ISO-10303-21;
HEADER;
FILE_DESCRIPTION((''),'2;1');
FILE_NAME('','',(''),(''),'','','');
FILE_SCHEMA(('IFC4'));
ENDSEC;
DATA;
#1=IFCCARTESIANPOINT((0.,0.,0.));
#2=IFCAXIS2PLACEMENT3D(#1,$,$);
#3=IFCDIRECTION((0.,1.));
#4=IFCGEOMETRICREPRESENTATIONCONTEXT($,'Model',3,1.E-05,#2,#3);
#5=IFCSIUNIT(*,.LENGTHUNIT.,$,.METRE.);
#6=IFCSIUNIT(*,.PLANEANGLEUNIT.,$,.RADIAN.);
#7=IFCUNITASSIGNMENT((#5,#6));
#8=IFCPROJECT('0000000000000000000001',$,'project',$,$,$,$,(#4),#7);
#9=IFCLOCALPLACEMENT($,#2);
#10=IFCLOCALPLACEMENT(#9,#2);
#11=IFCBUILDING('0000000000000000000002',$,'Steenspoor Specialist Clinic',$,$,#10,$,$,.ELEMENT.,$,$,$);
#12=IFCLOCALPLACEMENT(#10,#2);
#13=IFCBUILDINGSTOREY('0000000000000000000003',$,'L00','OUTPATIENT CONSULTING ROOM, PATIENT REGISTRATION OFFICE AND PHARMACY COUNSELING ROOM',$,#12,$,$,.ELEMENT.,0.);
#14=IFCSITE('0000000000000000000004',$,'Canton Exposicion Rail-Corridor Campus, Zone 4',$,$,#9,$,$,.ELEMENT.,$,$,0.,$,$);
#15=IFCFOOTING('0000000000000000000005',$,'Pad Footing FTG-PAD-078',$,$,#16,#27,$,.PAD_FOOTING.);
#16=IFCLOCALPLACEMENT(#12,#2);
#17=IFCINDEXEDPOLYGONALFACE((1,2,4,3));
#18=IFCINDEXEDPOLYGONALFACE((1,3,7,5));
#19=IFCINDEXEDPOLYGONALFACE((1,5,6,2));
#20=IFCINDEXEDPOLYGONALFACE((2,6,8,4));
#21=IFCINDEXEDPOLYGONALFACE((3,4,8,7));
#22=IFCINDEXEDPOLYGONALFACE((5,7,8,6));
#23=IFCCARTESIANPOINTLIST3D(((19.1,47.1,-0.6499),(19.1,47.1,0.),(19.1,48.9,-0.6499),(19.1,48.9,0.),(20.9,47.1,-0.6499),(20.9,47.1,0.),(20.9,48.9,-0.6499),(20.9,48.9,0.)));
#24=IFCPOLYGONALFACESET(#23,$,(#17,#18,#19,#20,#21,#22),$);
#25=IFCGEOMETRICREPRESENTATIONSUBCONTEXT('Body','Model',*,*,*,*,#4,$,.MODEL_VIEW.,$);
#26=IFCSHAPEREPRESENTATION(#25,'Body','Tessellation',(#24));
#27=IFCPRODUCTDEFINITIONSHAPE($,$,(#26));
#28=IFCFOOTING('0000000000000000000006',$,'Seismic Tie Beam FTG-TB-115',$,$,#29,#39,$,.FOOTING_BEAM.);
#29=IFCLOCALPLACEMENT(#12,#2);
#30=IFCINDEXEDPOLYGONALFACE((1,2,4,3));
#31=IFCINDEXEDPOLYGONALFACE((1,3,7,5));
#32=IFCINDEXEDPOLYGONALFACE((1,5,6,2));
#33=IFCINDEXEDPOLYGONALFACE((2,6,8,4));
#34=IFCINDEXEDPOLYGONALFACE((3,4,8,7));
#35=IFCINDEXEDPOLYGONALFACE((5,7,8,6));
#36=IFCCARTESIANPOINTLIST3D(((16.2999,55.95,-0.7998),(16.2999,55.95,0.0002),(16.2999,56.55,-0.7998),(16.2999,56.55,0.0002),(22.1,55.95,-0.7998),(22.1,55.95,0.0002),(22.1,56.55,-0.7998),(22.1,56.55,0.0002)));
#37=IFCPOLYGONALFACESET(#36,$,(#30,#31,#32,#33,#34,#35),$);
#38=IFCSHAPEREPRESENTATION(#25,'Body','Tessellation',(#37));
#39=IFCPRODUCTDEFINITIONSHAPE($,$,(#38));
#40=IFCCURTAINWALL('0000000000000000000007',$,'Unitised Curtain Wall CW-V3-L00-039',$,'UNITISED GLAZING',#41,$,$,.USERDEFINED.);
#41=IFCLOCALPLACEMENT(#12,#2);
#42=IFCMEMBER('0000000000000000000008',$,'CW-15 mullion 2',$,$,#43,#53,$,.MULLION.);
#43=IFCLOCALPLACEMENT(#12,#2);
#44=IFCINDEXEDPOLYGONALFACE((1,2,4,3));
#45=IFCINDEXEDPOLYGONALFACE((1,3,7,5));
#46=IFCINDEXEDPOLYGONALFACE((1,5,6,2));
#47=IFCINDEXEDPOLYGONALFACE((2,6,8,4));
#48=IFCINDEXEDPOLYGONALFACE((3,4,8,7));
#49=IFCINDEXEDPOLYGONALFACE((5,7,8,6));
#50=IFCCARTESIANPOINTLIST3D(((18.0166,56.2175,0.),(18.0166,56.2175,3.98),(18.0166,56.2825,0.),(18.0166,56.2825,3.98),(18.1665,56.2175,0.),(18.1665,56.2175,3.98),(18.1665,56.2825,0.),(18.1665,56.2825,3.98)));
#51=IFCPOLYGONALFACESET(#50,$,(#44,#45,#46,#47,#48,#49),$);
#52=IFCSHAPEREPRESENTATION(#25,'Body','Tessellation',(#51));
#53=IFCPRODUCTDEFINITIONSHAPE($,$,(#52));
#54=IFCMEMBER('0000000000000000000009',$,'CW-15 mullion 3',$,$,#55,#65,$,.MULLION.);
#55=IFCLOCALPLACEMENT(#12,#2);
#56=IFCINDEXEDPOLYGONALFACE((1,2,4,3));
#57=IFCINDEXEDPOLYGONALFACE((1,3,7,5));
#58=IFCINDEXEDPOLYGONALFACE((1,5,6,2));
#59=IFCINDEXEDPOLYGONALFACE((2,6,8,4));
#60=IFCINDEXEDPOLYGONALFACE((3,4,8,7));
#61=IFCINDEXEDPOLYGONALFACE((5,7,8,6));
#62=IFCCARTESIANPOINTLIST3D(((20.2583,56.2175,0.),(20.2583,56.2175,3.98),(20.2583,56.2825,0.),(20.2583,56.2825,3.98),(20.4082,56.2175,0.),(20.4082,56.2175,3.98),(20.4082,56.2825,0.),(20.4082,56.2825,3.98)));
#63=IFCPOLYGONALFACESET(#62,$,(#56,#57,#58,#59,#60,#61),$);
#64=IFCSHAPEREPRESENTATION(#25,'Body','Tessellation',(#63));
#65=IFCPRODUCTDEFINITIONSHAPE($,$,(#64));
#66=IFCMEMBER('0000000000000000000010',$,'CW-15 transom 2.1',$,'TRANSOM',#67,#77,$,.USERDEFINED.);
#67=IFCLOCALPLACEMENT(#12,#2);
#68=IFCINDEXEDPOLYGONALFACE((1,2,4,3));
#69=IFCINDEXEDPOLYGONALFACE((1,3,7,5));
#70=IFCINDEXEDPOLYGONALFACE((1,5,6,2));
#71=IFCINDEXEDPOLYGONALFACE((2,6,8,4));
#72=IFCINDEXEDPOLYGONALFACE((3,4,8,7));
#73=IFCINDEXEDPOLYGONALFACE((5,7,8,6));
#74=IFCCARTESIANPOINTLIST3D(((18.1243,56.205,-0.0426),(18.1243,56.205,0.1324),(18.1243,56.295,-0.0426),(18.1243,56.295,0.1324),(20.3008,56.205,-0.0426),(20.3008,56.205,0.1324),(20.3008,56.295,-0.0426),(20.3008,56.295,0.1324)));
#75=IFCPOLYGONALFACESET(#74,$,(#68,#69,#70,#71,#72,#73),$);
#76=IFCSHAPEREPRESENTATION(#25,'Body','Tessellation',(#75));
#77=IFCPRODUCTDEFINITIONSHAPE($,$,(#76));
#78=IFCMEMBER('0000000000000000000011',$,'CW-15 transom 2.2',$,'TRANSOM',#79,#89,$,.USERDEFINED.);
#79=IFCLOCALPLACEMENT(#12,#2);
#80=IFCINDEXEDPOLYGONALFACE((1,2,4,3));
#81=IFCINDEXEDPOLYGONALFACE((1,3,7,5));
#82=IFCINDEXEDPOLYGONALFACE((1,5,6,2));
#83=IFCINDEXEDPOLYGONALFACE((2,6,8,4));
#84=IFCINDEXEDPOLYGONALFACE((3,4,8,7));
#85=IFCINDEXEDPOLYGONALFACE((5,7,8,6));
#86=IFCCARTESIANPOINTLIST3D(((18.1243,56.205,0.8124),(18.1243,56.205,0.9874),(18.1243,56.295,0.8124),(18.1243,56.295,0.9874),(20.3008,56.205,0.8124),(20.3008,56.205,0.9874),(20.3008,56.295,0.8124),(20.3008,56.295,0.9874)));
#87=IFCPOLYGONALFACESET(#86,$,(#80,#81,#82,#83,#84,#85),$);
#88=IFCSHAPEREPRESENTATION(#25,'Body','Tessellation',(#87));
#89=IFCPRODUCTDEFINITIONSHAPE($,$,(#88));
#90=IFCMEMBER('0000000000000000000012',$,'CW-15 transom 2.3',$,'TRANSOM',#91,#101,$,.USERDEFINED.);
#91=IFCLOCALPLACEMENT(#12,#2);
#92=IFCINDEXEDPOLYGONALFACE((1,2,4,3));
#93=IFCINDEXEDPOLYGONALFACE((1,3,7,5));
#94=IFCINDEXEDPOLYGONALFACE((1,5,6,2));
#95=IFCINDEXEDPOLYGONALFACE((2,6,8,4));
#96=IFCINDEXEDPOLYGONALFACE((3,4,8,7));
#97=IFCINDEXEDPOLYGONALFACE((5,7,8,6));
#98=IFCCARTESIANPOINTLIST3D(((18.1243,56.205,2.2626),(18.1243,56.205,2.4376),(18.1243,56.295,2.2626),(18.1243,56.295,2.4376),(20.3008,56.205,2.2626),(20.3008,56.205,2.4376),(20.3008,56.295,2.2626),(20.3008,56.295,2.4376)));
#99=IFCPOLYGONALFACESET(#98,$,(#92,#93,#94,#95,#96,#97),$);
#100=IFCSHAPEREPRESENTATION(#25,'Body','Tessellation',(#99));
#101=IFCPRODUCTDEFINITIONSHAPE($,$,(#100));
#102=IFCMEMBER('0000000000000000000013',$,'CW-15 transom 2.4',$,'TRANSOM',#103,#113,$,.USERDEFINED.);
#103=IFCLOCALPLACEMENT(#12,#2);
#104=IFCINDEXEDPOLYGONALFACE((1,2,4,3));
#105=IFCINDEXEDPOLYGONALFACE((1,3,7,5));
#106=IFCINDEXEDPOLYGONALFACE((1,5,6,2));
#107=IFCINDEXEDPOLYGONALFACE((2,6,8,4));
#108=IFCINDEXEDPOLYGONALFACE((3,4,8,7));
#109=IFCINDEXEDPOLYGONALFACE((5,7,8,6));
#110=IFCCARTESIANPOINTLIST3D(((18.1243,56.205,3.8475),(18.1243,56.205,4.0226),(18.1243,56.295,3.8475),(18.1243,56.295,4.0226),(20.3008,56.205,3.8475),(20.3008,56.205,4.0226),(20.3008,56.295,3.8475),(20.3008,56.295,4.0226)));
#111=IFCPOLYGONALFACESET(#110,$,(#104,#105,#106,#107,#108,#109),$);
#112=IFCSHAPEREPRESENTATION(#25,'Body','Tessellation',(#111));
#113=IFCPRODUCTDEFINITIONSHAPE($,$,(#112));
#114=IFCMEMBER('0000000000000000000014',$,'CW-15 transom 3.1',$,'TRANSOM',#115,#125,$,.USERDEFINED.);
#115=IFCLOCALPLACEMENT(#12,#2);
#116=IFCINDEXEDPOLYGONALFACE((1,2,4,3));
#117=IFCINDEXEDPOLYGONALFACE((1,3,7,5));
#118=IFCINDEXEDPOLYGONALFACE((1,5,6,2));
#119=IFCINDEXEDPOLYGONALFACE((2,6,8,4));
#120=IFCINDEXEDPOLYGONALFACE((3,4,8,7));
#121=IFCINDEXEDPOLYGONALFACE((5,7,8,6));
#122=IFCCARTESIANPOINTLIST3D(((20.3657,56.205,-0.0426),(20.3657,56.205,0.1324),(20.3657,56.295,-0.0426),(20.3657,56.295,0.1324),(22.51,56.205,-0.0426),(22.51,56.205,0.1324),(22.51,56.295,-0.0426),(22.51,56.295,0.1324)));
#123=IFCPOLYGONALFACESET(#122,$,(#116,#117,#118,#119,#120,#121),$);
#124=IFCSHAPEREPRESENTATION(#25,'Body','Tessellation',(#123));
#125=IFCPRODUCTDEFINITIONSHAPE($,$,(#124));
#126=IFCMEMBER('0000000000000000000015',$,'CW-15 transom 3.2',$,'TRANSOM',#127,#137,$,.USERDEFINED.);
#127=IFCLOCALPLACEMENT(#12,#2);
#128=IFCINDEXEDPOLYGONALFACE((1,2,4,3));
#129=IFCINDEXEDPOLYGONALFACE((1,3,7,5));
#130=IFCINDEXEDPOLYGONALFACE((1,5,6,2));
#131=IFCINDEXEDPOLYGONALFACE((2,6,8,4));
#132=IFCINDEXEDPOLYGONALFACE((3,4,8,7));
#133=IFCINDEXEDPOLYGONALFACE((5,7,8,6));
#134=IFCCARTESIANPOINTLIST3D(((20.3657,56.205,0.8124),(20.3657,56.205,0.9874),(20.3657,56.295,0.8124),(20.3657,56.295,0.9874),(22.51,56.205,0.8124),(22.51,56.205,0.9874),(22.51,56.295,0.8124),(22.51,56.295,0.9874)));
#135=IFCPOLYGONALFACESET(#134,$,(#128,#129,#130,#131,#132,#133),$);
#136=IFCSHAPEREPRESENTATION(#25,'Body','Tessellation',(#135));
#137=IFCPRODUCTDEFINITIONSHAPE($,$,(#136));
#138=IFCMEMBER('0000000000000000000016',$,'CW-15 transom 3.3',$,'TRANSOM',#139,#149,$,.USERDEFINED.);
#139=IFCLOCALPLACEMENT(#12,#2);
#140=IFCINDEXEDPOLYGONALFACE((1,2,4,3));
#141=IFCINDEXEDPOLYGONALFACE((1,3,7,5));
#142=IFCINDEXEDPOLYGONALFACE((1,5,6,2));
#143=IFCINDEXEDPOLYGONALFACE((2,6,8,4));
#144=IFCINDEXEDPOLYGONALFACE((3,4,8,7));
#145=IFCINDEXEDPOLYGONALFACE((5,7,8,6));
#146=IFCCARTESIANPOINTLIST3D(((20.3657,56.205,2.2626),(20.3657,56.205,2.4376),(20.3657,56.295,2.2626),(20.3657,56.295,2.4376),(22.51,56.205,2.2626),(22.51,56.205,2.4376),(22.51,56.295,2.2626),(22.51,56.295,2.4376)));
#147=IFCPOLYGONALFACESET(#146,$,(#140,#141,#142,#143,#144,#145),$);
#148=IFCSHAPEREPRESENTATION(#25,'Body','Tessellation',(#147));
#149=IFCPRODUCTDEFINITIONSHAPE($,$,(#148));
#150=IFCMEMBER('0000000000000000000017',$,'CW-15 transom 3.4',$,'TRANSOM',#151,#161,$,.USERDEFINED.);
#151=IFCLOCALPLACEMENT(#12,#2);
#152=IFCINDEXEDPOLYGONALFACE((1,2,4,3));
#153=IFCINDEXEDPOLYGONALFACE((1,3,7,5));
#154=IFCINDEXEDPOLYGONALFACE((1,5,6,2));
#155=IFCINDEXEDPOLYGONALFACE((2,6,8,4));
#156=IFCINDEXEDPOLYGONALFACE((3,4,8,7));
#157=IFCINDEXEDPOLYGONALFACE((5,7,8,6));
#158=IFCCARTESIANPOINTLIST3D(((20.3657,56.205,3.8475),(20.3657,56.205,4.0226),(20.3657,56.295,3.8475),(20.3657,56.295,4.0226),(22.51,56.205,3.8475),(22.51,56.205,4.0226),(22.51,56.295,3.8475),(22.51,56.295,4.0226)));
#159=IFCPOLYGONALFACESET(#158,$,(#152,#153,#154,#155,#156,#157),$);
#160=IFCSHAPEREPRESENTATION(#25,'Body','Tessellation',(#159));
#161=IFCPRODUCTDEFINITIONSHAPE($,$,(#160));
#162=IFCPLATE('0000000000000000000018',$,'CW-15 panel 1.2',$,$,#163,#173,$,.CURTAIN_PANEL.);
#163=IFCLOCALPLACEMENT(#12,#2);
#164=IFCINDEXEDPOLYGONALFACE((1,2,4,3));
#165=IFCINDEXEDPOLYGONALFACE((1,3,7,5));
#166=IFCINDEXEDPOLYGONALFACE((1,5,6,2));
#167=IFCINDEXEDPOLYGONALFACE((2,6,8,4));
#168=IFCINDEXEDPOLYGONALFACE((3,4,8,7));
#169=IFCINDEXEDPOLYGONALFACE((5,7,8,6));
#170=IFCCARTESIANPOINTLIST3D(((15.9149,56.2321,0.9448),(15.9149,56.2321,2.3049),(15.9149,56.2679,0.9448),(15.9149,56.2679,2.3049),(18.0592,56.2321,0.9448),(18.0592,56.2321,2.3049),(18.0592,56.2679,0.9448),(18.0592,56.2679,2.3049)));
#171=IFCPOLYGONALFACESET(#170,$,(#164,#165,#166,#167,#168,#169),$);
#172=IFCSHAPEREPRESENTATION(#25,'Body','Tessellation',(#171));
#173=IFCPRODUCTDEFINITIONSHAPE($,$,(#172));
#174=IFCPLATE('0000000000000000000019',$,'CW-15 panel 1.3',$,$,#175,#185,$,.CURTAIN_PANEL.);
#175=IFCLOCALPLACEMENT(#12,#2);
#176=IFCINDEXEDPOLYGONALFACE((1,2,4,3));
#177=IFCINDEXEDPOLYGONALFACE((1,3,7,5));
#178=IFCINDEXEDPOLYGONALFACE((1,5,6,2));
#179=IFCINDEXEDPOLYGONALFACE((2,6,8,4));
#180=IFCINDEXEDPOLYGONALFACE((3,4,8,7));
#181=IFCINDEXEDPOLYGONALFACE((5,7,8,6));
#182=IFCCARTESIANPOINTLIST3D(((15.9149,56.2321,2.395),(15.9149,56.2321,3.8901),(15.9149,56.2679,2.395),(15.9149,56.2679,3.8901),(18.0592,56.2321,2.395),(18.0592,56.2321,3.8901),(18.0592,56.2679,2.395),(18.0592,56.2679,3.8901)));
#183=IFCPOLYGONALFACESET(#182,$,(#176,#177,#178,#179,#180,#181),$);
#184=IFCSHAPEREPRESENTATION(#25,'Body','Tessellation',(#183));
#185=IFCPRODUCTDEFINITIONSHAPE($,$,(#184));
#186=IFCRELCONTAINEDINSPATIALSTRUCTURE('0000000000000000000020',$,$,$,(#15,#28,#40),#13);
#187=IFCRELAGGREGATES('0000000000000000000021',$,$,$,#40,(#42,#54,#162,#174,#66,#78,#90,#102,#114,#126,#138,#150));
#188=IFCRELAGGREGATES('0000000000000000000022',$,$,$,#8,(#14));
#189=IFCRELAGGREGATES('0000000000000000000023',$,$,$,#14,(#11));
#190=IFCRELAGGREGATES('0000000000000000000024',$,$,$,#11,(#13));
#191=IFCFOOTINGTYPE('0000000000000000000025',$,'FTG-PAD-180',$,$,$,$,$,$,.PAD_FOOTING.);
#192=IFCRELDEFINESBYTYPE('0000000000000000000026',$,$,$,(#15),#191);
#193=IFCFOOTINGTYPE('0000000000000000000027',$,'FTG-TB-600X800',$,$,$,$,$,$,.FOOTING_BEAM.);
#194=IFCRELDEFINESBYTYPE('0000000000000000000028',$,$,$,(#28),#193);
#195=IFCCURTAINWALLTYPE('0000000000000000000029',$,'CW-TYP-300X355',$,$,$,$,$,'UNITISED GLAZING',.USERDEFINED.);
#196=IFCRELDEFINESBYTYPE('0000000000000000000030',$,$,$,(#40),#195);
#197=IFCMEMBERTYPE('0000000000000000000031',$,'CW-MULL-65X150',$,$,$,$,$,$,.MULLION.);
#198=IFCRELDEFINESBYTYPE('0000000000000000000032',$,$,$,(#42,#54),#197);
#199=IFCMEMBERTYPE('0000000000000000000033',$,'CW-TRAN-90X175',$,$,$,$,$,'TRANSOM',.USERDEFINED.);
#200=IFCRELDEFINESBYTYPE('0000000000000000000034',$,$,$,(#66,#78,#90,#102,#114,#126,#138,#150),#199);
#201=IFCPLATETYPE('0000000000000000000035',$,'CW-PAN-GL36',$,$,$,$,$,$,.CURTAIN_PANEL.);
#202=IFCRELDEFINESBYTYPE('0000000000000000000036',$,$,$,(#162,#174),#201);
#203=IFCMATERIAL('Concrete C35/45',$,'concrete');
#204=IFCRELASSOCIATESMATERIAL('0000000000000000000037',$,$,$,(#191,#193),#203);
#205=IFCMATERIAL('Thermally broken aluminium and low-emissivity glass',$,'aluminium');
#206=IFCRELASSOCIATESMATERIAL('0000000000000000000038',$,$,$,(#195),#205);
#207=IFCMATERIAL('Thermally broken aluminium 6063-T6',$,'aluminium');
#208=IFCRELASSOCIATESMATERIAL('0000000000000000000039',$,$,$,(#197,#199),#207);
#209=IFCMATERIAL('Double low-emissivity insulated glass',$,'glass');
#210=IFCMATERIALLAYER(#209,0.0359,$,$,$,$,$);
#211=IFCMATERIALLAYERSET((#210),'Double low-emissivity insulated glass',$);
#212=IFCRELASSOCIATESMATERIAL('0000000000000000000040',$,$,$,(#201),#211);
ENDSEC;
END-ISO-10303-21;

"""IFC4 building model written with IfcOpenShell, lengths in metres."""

from ifc_helpers import new_model, si_unit, direction, frame, origin, origin_2d, place, context, subcontext, project, spatial, rectangle, extrude, material, layer, layer_set, material_profile, profile_set, type_object, element, aggregate, save


model = new_model("IFC4")

# Units and contexts
model_context = context("Model", 3, precision=1e-05, world=origin(), true_north=direction((0.0, 1.0)))
body_context = subcontext(model_context, "Body", "Model", "MODEL_VIEW")
ifc_project = project(units=[si_unit("LENGTHUNIT", "METRE"), si_unit("PLANEANGLEUNIT", "RADIAN")], contexts=[model_context])

# Site, building, storey
site_placement = place(None, origin())
site = spatial("IfcSite", under=ifc_project, at=site_placement, Name="Canton Exposicion Rail-Corridor Campus, Zone 4", CompositionType="ELEMENT", RefElevation=0.0)
building_placement = place(site_placement, origin())
building = spatial("IfcBuilding", under=site, at=building_placement, Name="Steenspoor Specialist Clinic", CompositionType="ELEMENT")
storey_placement = place(building_placement, origin())
storey = spatial("IfcBuildingStorey", under=building, at=storey_placement, Name="L00", Description="OUTPATIENT CONSULTING ROOM, PATIENT REGISTRATION OFFICE AND PHARMACY COUNSELING ROOM", CompositionType="ELEMENT", Elevation=0.0)

# Footings
ifc_material_1 = material(Name="Concrete C35/45", Category="concrete")
footing_type_1 = type_object("IfcFootingType", Name="FTG-PAD-180", PredefinedType="PAD_FOOTING", material=ifc_material_1)
footing_1_placement = place(storey_placement, frame((20.0, 48.0, -0.6499), z_axis=(0.0, 0.0, 1.0), x_axis=(1.0, 0.0, 0.0)))
element("IfcFooting", 1, at=footing_1_placement, inside=storey, type_object=footing_type_1, Name="Pad Footing FTG-PAD-078", PredefinedType="PAD_FOOTING", context=body_context, shape_type="SweptSolid", body=[
    extrude(rectangle(XDim=1.8, YDim=1.8, at=origin_2d()), origin(), (0.0, 0.0, 1.0), 0.6499),
])
footing_type_2 = type_object("IfcFootingType", Name="FTG-TB-600X800", PredefinedType="FOOTING_BEAM", material=ifc_material_1)
footing_2_placement = place(storey_placement, frame((19.2, 56.25, -0.7998), z_axis=(0.0, 0.0, 1.0), x_axis=(1.0, 0.0, 0.0)))
element("IfcFooting", 2, at=footing_2_placement, inside=storey, type_object=footing_type_2, Name="Seismic Tie Beam FTG-TB-115", PredefinedType="FOOTING_BEAM", context=body_context, shape_type="SweptSolid", body=[
    extrude(rectangle(XDim=5.8, YDim=0.6001, at=origin_2d()), origin(), (0.0, 0.0, 1.0), 0.8),
])

# Curtain wall, members, plates
ifc_material_2 = material(Name="Thermally broken aluminium and low-emissivity glass", Category="aluminium")
curtain_wall_type = type_object("IfcCurtainWallType", Name="CW-TYP-300X355", ElementType="UNITISED GLAZING", PredefinedType="USERDEFINED", material=ifc_material_2)
curtain_wall_placement = place(storey_placement, origin())
curtain_wall = element("IfcCurtainWall", 3, at=curtain_wall_placement, inside=storey, type_object=curtain_wall_type, Name="Unitised Curtain Wall CW-V3-L00-039", ObjectType="UNITISED GLAZING", PredefinedType="USERDEFINED")
ifc_material_3 = material(Name="Thermally broken aluminium 6063-T6", Category="aluminium")
ifc_material_profile_1 = material_profile(ifc_material_3, rectangle(XDim=0.0649, YDim=0.1499, at=origin_2d()), Name="CWM-65X150")
ifc_profile_set_1 = profile_set([ifc_material_profile_1], Name="Thermally broken aluminium 6063-T6")
member_type_1 = type_object("IfcMemberType", Name="CW-MULL-65X150", PredefinedType="MULLION", material=ifc_profile_set_1)
member_1_placement = place(storey_placement, frame((18.0916, 56.25, 0.0), z_axis=(0.0, 0.0, 1.0), x_axis=(0.0, 1.0, 0.0)))
member_1 = element("IfcMember", 4, at=member_1_placement, type_object=member_type_1, Name="CW-15 mullion 2", PredefinedType="MULLION", context=body_context, shape_type="SweptSolid", body=[
    extrude(rectangle(XDim=0.0649, YDim=0.1499, at=origin_2d()), origin(), (0.0, 0.0, 1.0), 3.98),
])
member_2_placement = place(storey_placement, frame((20.3333, 56.25, 0.0), z_axis=(0.0, 0.0, 1.0), x_axis=(0.0, 1.0, 0.0)))
member_2 = element("IfcMember", 5, at=member_2_placement, type_object=member_type_1, Name="CW-15 mullion 3", PredefinedType="MULLION", context=body_context, shape_type="SweptSolid", body=[
    extrude(rectangle(XDim=0.0649, YDim=0.1499, at=origin_2d()), origin(), (0.0, 0.0, 1.0), 3.98),
])
ifc_material_profile_2 = material_profile(ifc_material_3, rectangle(XDim=0.0901, YDim=0.175, at=origin_2d()), Name="CWT-90X175")
ifc_profile_set_2 = profile_set([ifc_material_profile_2], Name="Thermally broken aluminium 6063-T6")
member_type_2 = type_object("IfcMemberType", Name="CW-TRAN-90X175", ElementType="TRANSOM", PredefinedType="USERDEFINED", material=ifc_profile_set_2)
member_3_placement = place(storey_placement, frame((18.1243, 56.25, 0.0449), z_axis=(1.0, 0.0, 0.0), x_axis=(0.0, 1.0, 0.0)))
member_3 = element("IfcMember", 6, at=member_3_placement, type_object=member_type_2, Name="CW-15 transom 2.1", ObjectType="TRANSOM", PredefinedType="USERDEFINED", context=body_context, shape_type="SweptSolid", body=[
    extrude(rectangle(XDim=0.0901, YDim=0.175, at=origin_2d()), origin(), (0.0, 0.0, 1.0), 2.1765),
])
member_4_placement = place(storey_placement, frame((18.1243, 56.25, 0.8999), z_axis=(1.0, 0.0, 0.0), x_axis=(0.0, 1.0, 0.0)))
member_4 = element("IfcMember", 7, at=member_4_placement, type_object=member_type_2, Name="CW-15 transom 2.2", ObjectType="TRANSOM", PredefinedType="USERDEFINED", context=body_context, shape_type="SweptSolid", body=[
    extrude(rectangle(XDim=0.0901, YDim=0.175, at=origin_2d()), origin(), (0.0, 0.0, 1.0), 2.1765),
])
member_5_placement = place(storey_placement, frame((18.1243, 56.25, 2.3501), z_axis=(1.0, 0.0, 0.0), x_axis=(0.0, 1.0, 0.0)))
member_5 = element("IfcMember", 8, at=member_5_placement, type_object=member_type_2, Name="CW-15 transom 2.3", ObjectType="TRANSOM", PredefinedType="USERDEFINED", context=body_context, shape_type="SweptSolid", body=[
    extrude(rectangle(XDim=0.0901, YDim=0.175, at=origin_2d()), origin(), (0.0, 0.0, 1.0), 2.1765),
])
member_6_placement = place(storey_placement, frame((18.1243, 56.25, 3.9351), z_axis=(1.0, 0.0, 0.0), x_axis=(0.0, 1.0, 0.0)))
member_6 = element("IfcMember", 9, at=member_6_placement, type_object=member_type_2, Name="CW-15 transom 2.4", ObjectType="TRANSOM", PredefinedType="USERDEFINED", context=body_context, shape_type="SweptSolid", body=[
    extrude(rectangle(XDim=0.0901, YDim=0.175, at=origin_2d()), origin(), (0.0, 0.0, 1.0), 2.1765),
])
member_7_placement = place(storey_placement, frame((20.3657, 56.25, 0.0449), z_axis=(1.0, 0.0, 0.0), x_axis=(0.0, 1.0, 0.0)))
member_7 = element("IfcMember", 10, at=member_7_placement, type_object=member_type_2, Name="CW-15 transom 3.1", ObjectType="TRANSOM", PredefinedType="USERDEFINED", context=body_context, shape_type="SweptSolid", body=[
    extrude(rectangle(XDim=0.0901, YDim=0.175, at=origin_2d()), origin(), (0.0, 0.0, 1.0), 2.1443),
])
member_8_placement = place(storey_placement, frame((20.3657, 56.25, 0.8999), z_axis=(1.0, 0.0, 0.0), x_axis=(0.0, 1.0, 0.0)))
member_8 = element("IfcMember", 11, at=member_8_placement, type_object=member_type_2, Name="CW-15 transom 3.2", ObjectType="TRANSOM", PredefinedType="USERDEFINED", context=body_context, shape_type="SweptSolid", body=[
    extrude(rectangle(XDim=0.0901, YDim=0.175, at=origin_2d()), origin(), (0.0, 0.0, 1.0), 2.1443),
])
member_9_placement = place(storey_placement, frame((20.3657, 56.25, 2.3501), z_axis=(1.0, 0.0, 0.0), x_axis=(0.0, 1.0, 0.0)))
member_9 = element("IfcMember", 12, at=member_9_placement, type_object=member_type_2, Name="CW-15 transom 3.3", ObjectType="TRANSOM", PredefinedType="USERDEFINED", context=body_context, shape_type="SweptSolid", body=[
    extrude(rectangle(XDim=0.0901, YDim=0.175, at=origin_2d()), origin(), (0.0, 0.0, 1.0), 2.1443),
])
member_10_placement = place(storey_placement, frame((20.3657, 56.25, 3.9351), z_axis=(1.0, 0.0, 0.0), x_axis=(0.0, 1.0, 0.0)))
member_10 = element("IfcMember", 13, at=member_10_placement, type_object=member_type_2, Name="CW-15 transom 3.4", ObjectType="TRANSOM", PredefinedType="USERDEFINED", context=body_context, shape_type="SweptSolid", body=[
    extrude(rectangle(XDim=0.0901, YDim=0.175, at=origin_2d()), origin(), (0.0, 0.0, 1.0), 2.1443),
])
ifc_material_4 = material(Name="Double low-emissivity insulated glass", Category="glass")
ifc_layer_1 = layer(ifc_material_4, 0.0359)
ifc_layer_set_1 = layer_set([ifc_layer_1], Name="Double low-emissivity insulated glass")
plate_type = type_object("IfcPlateType", Name="CW-PAN-GL36", PredefinedType="CURTAIN_PANEL", material=ifc_layer_set_1)
plate_1_placement = place(storey_placement, frame((16.9871, 56.25, 0.9448), z_axis=(0.0, 0.0, 1.0), x_axis=(1.0, 0.0, 0.0)))
plate_1 = element("IfcPlate", 14, at=plate_1_placement, type_object=plate_type, Name="CW-15 panel 1.2", PredefinedType="CURTAIN_PANEL", context=body_context, shape_type="SweptSolid", body=[
    extrude(rectangle(XDim=2.1443, YDim=0.0359, at=origin_2d()), origin(), (0.0, 0.0, 1.0), 1.3601),
])
plate_2_placement = place(storey_placement, frame((16.9871, 56.25, 2.395), z_axis=(0.0, 0.0, 1.0), x_axis=(1.0, 0.0, 0.0)))
plate_2 = element("IfcPlate", 15, at=plate_2_placement, type_object=plate_type, Name="CW-15 panel 1.3", PredefinedType="CURTAIN_PANEL", context=body_context, shape_type="SweptSolid", body=[
    extrude(rectangle(XDim=2.1443, YDim=0.0359, at=origin_2d()), origin(), (0.0, 0.0, 1.0), 1.4951),
])
aggregate(curtain_wall, [member_1, member_2, plate_1, plate_2, member_3, member_4, member_5, member_6, member_7, member_8, member_9, member_10])

save(model, "model.ifc")
